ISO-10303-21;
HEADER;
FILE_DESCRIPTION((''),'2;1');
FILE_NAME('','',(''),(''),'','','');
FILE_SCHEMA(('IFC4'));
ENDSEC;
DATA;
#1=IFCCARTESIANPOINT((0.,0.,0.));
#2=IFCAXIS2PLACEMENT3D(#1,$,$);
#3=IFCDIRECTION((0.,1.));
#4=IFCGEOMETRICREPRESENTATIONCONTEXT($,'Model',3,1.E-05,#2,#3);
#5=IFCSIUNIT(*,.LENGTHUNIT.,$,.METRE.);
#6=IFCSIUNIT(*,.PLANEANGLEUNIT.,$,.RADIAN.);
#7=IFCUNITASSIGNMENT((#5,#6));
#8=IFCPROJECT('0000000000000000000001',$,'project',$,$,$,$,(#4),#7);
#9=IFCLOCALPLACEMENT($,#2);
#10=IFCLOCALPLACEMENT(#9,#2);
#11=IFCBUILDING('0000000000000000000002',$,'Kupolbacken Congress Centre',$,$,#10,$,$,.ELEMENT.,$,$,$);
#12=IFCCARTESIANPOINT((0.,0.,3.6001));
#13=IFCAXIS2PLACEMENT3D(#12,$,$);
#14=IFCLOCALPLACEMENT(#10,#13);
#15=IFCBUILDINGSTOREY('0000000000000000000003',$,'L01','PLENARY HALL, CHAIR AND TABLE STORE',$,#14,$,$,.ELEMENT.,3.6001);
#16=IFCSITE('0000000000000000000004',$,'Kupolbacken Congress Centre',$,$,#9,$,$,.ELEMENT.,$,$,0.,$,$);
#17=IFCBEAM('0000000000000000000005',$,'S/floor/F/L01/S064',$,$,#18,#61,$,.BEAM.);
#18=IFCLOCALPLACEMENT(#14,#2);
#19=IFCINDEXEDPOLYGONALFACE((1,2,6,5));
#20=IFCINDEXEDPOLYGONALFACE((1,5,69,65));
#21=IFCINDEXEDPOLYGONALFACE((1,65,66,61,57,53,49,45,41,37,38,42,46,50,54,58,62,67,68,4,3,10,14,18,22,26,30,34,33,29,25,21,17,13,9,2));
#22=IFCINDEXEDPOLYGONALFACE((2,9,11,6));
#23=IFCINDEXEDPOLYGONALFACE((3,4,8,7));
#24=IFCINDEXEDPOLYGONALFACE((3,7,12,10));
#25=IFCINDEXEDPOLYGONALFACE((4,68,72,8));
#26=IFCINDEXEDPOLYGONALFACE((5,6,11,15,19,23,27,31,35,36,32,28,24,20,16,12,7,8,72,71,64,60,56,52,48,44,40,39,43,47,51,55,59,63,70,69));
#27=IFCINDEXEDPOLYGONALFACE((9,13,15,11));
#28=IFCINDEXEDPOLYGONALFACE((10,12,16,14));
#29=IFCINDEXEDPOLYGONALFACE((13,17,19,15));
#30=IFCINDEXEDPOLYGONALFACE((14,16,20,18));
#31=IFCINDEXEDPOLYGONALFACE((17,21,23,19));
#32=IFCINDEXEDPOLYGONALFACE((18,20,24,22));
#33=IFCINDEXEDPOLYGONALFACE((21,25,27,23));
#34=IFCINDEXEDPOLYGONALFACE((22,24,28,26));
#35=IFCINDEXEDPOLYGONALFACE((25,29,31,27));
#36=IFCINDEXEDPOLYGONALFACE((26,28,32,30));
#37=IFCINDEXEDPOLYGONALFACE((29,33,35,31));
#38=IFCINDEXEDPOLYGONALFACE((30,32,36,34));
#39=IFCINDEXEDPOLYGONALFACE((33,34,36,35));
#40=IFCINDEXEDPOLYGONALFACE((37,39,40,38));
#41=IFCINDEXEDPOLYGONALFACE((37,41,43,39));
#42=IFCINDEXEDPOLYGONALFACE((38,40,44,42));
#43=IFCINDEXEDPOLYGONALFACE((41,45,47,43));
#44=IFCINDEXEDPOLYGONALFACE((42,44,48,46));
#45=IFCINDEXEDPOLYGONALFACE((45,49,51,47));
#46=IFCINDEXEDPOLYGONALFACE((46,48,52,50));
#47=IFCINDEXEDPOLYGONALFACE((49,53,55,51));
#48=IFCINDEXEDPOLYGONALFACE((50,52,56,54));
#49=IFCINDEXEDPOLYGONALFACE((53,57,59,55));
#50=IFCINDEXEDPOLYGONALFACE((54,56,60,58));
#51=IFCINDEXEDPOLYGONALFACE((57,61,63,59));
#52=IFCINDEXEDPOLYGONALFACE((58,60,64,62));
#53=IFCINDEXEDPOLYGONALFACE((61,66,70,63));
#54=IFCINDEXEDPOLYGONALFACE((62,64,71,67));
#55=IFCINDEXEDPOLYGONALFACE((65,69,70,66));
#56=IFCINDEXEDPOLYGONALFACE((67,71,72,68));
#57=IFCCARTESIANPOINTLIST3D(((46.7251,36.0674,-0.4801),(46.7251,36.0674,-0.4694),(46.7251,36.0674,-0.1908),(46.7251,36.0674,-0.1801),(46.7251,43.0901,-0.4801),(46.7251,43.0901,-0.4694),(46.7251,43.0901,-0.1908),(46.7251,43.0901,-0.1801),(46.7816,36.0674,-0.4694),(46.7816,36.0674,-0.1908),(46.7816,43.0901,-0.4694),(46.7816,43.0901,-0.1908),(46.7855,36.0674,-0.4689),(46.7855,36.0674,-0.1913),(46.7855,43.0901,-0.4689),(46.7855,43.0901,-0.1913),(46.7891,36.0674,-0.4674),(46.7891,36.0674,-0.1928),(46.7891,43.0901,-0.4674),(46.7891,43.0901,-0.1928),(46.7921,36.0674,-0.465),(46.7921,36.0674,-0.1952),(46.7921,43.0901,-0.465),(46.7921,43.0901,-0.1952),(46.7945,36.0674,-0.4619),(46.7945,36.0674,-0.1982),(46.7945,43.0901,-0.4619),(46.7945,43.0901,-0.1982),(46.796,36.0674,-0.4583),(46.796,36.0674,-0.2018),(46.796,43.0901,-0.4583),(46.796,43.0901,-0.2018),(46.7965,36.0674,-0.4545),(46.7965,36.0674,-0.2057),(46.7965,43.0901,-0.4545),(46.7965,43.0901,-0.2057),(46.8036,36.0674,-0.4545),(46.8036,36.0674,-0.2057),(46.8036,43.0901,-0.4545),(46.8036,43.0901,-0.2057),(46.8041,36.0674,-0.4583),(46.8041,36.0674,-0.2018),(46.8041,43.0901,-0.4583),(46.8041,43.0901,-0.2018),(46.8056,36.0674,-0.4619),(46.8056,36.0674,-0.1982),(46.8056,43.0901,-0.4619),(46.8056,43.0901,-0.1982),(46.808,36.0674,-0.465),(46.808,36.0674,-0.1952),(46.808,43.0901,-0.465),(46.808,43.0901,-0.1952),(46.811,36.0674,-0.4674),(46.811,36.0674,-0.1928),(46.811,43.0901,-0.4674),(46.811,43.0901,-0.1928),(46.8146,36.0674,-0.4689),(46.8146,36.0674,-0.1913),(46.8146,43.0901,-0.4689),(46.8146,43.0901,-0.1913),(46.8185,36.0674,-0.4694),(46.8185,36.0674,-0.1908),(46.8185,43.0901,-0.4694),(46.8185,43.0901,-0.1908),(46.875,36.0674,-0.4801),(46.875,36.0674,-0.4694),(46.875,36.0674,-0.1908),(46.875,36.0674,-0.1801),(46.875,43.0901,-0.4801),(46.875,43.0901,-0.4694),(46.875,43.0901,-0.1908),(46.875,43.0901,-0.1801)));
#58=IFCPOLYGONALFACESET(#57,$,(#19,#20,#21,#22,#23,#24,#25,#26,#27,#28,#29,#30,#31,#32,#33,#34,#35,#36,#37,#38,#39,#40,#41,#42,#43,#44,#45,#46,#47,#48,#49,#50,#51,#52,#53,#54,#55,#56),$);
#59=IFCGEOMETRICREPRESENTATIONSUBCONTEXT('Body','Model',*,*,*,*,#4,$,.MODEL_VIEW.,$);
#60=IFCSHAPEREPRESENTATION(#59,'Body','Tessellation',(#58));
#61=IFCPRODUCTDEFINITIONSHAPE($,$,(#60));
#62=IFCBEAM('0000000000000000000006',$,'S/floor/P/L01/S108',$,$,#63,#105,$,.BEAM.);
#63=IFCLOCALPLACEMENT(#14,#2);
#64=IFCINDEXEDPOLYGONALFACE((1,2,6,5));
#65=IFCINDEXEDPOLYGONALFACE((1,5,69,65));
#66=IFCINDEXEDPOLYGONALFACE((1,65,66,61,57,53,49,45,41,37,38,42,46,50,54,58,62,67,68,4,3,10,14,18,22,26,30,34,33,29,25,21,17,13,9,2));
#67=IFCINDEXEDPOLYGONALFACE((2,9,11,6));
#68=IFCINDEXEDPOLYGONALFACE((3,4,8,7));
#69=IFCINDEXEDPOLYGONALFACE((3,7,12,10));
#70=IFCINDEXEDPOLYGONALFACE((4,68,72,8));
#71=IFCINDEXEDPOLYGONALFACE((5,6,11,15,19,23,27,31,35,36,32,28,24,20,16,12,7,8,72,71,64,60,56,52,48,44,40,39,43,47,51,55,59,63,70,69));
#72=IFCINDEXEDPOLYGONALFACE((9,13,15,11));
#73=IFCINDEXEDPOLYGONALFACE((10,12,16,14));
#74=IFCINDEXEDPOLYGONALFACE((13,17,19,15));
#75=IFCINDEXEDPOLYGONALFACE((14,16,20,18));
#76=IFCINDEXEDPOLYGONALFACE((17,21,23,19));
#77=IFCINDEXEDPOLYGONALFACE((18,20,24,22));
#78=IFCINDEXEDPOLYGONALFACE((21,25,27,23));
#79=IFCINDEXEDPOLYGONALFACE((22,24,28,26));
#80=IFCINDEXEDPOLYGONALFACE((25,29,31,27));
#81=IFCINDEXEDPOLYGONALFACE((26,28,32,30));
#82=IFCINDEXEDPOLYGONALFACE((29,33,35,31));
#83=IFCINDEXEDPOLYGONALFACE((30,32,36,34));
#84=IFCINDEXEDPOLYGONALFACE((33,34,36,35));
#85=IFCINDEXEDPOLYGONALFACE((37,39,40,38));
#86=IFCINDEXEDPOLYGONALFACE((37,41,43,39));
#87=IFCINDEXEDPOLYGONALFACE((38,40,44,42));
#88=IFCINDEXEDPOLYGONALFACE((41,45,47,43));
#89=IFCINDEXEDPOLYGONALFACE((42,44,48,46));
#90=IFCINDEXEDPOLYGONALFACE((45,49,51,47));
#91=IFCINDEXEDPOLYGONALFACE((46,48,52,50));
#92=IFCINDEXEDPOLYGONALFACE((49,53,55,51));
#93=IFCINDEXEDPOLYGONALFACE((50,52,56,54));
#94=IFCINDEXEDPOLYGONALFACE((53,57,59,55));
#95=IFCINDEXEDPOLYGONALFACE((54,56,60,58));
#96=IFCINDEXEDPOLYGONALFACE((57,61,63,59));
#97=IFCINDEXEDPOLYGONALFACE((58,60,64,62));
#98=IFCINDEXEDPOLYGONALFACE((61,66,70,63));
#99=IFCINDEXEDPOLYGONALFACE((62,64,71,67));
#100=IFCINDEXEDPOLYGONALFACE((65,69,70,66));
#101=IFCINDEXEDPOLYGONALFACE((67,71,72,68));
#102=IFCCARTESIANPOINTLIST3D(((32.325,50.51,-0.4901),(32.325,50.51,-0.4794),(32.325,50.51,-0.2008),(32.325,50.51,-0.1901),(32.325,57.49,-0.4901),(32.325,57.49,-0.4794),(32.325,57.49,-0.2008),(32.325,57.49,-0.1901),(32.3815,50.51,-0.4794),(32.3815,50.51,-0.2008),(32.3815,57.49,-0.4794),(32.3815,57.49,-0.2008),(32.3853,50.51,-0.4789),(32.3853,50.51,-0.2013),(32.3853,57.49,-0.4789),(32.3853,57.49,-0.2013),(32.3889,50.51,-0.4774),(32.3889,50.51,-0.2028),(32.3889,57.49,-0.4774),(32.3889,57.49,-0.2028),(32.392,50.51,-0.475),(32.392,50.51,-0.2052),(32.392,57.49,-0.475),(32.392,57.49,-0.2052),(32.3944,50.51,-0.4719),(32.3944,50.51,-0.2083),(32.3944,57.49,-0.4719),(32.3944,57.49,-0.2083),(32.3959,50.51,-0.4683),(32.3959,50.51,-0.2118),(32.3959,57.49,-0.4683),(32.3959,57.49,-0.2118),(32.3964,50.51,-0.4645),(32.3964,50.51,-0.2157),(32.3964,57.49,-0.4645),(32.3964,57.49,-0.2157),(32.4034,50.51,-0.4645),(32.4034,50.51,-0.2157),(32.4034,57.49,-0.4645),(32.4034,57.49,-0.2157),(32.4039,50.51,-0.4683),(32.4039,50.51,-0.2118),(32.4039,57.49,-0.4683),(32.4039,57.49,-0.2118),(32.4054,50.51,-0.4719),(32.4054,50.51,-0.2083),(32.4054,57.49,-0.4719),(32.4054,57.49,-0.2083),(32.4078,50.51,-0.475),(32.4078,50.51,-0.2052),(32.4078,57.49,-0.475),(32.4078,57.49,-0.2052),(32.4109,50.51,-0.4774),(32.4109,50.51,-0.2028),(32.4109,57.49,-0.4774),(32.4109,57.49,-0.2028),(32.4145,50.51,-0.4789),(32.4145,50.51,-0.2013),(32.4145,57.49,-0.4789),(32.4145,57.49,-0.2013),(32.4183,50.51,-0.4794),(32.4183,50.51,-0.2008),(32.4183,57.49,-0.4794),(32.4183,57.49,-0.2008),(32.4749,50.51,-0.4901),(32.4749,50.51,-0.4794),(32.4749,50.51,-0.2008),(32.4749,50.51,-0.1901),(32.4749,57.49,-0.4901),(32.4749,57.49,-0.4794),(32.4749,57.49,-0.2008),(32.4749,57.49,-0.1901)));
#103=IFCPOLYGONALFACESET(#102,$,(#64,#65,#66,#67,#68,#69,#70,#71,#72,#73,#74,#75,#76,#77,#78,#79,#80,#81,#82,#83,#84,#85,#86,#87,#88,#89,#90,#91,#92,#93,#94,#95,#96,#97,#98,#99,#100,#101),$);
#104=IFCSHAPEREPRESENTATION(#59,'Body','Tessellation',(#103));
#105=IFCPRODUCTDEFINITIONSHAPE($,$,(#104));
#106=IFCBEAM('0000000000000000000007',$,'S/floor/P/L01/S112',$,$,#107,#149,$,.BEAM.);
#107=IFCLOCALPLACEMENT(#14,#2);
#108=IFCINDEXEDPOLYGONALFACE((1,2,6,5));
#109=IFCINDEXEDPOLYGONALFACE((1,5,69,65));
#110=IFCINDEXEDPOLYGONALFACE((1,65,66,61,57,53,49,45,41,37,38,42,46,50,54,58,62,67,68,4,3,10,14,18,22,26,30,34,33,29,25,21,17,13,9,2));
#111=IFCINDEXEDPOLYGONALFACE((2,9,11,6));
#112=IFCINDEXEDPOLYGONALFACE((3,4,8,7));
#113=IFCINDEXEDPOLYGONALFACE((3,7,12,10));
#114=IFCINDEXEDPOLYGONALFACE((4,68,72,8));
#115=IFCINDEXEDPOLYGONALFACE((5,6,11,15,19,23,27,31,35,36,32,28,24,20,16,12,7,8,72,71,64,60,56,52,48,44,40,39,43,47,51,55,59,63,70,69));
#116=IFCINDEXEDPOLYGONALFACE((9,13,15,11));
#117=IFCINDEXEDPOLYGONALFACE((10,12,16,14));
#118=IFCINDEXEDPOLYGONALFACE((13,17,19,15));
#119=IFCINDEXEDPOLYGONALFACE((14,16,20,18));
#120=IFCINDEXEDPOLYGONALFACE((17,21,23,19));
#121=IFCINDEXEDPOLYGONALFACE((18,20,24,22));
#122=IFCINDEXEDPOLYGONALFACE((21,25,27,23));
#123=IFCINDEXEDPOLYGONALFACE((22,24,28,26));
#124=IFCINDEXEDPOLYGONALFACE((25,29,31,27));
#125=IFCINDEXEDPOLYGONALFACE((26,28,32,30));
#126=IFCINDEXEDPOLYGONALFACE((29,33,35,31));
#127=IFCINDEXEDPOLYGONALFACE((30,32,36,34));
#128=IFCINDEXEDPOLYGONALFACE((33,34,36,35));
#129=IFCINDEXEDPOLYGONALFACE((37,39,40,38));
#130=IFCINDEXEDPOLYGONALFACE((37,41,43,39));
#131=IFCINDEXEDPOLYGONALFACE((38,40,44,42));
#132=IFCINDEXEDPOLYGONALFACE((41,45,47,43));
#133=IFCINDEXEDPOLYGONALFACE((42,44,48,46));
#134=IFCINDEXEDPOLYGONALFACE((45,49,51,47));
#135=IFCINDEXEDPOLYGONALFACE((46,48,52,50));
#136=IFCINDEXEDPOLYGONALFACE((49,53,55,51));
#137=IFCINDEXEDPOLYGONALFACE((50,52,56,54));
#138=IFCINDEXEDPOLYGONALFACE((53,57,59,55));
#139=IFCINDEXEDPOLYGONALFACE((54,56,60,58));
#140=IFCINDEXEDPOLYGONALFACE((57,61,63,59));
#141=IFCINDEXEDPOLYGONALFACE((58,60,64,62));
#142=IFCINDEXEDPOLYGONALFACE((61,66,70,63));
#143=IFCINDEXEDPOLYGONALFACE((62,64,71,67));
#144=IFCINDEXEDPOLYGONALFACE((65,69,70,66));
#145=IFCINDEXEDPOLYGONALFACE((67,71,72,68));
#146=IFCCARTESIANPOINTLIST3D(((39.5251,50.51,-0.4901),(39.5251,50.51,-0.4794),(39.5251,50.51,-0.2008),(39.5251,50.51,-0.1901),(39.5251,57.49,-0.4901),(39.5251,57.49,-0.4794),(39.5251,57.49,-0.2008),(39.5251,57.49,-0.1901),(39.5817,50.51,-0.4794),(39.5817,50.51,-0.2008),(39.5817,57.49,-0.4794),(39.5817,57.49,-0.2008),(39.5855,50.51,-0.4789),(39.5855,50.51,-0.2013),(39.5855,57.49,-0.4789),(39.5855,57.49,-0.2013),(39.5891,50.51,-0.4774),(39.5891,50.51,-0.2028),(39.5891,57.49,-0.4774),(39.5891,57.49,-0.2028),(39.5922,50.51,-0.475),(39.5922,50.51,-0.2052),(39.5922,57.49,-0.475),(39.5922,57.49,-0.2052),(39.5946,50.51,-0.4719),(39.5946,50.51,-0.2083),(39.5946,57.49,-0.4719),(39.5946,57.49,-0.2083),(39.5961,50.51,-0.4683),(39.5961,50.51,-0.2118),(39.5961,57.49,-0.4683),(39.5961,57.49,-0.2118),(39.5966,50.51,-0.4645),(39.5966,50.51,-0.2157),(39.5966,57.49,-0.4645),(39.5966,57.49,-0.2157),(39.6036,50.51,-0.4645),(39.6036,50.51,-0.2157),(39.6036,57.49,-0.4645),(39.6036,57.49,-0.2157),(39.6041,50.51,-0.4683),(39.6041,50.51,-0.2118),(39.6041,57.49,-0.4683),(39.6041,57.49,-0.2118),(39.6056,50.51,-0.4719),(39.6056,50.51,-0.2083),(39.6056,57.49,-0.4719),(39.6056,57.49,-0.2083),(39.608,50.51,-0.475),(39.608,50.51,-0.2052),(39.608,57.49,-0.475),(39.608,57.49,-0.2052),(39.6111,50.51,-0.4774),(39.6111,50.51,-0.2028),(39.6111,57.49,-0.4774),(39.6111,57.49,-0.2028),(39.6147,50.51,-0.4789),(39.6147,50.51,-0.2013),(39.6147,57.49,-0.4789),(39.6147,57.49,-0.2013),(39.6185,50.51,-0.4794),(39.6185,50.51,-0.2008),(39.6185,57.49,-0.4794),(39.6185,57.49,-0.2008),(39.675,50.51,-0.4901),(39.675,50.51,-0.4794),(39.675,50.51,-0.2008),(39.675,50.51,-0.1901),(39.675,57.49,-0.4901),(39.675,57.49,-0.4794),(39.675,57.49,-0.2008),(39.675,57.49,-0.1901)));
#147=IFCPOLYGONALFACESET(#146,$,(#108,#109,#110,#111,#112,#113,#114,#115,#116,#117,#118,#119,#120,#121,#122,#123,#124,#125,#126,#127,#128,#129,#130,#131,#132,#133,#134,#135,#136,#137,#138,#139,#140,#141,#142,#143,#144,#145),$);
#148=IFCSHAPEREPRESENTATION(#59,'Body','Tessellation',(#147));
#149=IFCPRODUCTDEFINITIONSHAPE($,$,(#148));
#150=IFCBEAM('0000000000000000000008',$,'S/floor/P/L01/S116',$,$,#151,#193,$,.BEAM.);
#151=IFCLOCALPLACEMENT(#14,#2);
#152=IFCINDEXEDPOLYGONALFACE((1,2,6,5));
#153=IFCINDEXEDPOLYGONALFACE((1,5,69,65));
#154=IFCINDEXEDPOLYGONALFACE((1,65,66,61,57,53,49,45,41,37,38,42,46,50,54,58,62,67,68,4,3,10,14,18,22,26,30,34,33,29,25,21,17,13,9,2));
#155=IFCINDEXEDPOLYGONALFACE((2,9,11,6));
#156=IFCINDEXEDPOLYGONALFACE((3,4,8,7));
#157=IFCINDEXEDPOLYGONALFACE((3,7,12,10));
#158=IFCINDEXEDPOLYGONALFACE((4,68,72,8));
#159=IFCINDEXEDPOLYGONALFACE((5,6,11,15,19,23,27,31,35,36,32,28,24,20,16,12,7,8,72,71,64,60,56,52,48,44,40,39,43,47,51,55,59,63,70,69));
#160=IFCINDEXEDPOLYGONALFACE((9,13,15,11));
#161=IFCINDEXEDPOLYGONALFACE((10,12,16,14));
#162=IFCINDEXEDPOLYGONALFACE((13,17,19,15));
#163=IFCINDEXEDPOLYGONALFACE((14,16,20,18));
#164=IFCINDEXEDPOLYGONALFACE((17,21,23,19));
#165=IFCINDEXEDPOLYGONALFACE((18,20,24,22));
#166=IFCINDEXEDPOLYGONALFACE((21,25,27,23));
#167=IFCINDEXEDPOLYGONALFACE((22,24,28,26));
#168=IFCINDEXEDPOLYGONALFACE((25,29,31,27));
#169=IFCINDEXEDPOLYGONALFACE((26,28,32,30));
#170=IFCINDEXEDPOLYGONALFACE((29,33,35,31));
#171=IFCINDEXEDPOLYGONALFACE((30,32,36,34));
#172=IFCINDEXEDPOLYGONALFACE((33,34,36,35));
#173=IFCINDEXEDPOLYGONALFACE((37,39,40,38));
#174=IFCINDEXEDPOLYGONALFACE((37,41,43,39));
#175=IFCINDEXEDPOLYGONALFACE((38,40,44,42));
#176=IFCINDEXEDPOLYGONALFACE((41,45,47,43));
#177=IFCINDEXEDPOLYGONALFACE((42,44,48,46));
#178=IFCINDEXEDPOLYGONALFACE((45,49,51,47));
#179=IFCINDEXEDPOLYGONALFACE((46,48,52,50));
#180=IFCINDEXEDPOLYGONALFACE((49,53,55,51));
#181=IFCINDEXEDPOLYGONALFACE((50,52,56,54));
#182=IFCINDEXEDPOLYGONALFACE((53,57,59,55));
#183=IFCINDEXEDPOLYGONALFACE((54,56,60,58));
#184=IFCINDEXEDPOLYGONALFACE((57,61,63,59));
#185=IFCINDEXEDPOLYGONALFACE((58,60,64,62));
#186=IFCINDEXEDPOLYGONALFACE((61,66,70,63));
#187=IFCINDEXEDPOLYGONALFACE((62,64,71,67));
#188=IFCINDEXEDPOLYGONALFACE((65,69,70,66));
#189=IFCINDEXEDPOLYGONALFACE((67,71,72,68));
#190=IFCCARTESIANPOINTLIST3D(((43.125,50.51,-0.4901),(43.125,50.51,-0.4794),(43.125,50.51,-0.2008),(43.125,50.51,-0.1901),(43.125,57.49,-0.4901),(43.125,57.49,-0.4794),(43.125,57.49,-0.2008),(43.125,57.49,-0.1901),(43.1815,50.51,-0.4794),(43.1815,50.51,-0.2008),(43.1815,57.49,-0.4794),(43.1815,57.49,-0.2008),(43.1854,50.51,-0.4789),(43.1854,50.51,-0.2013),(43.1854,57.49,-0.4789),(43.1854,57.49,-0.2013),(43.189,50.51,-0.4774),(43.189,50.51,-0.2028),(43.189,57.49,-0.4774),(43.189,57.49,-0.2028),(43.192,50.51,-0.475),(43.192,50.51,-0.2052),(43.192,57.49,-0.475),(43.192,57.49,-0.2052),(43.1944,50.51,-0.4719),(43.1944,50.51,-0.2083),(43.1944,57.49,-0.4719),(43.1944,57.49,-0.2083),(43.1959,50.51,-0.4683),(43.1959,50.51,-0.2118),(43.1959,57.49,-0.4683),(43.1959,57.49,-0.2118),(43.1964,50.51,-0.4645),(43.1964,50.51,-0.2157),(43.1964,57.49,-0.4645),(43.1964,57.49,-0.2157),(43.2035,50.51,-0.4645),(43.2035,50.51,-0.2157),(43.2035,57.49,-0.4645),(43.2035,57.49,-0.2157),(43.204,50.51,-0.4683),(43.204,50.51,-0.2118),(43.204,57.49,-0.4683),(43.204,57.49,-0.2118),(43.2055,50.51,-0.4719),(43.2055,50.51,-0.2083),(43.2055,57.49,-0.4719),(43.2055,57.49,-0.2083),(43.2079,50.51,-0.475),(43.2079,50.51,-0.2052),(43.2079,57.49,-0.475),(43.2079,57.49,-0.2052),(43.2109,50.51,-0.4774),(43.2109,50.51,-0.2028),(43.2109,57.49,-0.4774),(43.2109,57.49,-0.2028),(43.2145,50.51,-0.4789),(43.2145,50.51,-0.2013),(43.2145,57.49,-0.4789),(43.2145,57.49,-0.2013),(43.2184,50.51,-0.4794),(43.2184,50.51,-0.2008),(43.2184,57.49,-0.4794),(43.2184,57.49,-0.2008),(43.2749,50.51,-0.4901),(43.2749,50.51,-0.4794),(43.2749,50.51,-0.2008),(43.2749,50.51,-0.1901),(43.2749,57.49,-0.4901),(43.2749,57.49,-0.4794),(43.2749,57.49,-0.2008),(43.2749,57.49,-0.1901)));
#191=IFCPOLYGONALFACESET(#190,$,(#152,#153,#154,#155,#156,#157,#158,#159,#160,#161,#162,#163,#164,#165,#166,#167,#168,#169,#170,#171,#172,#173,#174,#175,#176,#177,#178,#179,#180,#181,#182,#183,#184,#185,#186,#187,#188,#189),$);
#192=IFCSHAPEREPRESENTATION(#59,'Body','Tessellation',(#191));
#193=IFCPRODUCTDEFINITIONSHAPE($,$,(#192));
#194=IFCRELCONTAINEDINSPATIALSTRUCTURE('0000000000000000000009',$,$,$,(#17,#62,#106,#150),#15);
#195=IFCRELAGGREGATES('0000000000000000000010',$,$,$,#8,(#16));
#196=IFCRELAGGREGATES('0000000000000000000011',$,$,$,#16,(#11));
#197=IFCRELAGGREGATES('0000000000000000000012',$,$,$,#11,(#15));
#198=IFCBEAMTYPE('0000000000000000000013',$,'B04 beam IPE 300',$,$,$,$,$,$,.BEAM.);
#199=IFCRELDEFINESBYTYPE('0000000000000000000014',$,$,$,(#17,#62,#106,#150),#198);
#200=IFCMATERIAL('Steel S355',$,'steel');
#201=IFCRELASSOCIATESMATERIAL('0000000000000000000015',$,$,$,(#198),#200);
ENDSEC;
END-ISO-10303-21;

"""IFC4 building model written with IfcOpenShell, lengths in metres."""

from ifc_helpers import new_model, si_unit, direction, frame, origin, origin_2d, place, context, subcontext, project, spatial, i_section, extrude, material, material_profile, profile_set, type_object, element, save


model = new_model("IFC4")

# Units and contexts
model_context = context("Model", 3, precision=1e-05, world=origin(), true_north=direction((0.0, 1.0)))
body_context = subcontext(model_context, "Body", "Model", "MODEL_VIEW")
ifc_project = project(units=[si_unit("LENGTHUNIT", "METRE"), si_unit("PLANEANGLEUNIT", "RADIAN")], contexts=[model_context])

# Site, building, storey
site_placement = place(None, origin())
site = spatial("IfcSite", under=ifc_project, at=site_placement, Name="Kupolbacken Congress Centre", CompositionType="ELEMENT", RefElevation=0.0)
building_placement = place(site_placement, origin())
building = spatial("IfcBuilding", under=site, at=building_placement, Name="Kupolbacken Congress Centre", CompositionType="ELEMENT")
storey_placement = place(building_placement, frame((0.0, 0.0, 3.6001)))
storey = spatial("IfcBuildingStorey", under=building, at=storey_placement, Name="L01", Description="PLENARY HALL, CHAIR AND TABLE STORE", CompositionType="ELEMENT", Elevation=3.6001)

# Beams
ifc_material_1 = material(Name="Steel S355", Category="steel")
ifc_material_profile_1 = material_profile(ifc_material_1, i_section(OverallWidth=0.1499, OverallDepth=0.3, WebThickness=0.0071, FlangeThickness=0.0107, FilletRadius=0.0149, at=origin_2d()), Name="IPE 300")
ifc_profile_set_1 = profile_set([ifc_material_profile_1], Name="Steel S355")
beam_type_1 = type_object("IfcBeamType", Name="B04 beam IPE 300", PredefinedType="BEAM", material=ifc_profile_set_1)
for number, where, z_axis, x_axis, name in (
    (1, (46.8, 36.0674, -0.3301), (0.0, 1.0, 0.0), (-1.0, 0.0, 0.0), "S/floor/F/L01/S064"),
):
    element("IfcBeam", number, at=place(storey_placement, frame(where, z_axis=z_axis, x_axis=x_axis)), inside=storey, type_object=beam_type_1, Name=name, PredefinedType="BEAM", context=body_context, shape_type="SweptSolid", body=[
        extrude(i_section(OverallWidth=0.1499, OverallDepth=0.3, WebThickness=0.0071, FlangeThickness=0.0107, FilletRadius=0.0149, at=origin_2d()), origin(), (0.0, 0.0, 1.0), 7.0227),
    ])
for number, where, z_axis, x_axis, name in (
    (2, (32.3999, 50.51, -0.3401), (0.0, 1.0, 0.0), (-1.0, 0.0, 0.0), "S/floor/P/L01/S108"),
    (3, (39.6001, 50.51, -0.3401), (0.0, 1.0, 0.0), (-1.0, 0.0, 0.0), "S/floor/P/L01/S112"),
    (4, (43.2, 50.51, -0.3401), (0.0, 1.0, 0.0), (-1.0, 0.0, 0.0), "S/floor/P/L01/S116"),
):
    element("IfcBeam", number, at=place(storey_placement, frame(where, z_axis=z_axis, x_axis=x_axis)), inside=storey, type_object=beam_type_1, Name=name, PredefinedType="BEAM", context=body_context, shape_type="SweptSolid", body=[
        extrude(i_section(OverallWidth=0.1499, OverallDepth=0.3, WebThickness=0.0071, FlangeThickness=0.0107, FilletRadius=0.0149, at=origin_2d()), origin(), (0.0, 0.0, 1.0), 6.98),
    ])

save(model, "model.ifc")
